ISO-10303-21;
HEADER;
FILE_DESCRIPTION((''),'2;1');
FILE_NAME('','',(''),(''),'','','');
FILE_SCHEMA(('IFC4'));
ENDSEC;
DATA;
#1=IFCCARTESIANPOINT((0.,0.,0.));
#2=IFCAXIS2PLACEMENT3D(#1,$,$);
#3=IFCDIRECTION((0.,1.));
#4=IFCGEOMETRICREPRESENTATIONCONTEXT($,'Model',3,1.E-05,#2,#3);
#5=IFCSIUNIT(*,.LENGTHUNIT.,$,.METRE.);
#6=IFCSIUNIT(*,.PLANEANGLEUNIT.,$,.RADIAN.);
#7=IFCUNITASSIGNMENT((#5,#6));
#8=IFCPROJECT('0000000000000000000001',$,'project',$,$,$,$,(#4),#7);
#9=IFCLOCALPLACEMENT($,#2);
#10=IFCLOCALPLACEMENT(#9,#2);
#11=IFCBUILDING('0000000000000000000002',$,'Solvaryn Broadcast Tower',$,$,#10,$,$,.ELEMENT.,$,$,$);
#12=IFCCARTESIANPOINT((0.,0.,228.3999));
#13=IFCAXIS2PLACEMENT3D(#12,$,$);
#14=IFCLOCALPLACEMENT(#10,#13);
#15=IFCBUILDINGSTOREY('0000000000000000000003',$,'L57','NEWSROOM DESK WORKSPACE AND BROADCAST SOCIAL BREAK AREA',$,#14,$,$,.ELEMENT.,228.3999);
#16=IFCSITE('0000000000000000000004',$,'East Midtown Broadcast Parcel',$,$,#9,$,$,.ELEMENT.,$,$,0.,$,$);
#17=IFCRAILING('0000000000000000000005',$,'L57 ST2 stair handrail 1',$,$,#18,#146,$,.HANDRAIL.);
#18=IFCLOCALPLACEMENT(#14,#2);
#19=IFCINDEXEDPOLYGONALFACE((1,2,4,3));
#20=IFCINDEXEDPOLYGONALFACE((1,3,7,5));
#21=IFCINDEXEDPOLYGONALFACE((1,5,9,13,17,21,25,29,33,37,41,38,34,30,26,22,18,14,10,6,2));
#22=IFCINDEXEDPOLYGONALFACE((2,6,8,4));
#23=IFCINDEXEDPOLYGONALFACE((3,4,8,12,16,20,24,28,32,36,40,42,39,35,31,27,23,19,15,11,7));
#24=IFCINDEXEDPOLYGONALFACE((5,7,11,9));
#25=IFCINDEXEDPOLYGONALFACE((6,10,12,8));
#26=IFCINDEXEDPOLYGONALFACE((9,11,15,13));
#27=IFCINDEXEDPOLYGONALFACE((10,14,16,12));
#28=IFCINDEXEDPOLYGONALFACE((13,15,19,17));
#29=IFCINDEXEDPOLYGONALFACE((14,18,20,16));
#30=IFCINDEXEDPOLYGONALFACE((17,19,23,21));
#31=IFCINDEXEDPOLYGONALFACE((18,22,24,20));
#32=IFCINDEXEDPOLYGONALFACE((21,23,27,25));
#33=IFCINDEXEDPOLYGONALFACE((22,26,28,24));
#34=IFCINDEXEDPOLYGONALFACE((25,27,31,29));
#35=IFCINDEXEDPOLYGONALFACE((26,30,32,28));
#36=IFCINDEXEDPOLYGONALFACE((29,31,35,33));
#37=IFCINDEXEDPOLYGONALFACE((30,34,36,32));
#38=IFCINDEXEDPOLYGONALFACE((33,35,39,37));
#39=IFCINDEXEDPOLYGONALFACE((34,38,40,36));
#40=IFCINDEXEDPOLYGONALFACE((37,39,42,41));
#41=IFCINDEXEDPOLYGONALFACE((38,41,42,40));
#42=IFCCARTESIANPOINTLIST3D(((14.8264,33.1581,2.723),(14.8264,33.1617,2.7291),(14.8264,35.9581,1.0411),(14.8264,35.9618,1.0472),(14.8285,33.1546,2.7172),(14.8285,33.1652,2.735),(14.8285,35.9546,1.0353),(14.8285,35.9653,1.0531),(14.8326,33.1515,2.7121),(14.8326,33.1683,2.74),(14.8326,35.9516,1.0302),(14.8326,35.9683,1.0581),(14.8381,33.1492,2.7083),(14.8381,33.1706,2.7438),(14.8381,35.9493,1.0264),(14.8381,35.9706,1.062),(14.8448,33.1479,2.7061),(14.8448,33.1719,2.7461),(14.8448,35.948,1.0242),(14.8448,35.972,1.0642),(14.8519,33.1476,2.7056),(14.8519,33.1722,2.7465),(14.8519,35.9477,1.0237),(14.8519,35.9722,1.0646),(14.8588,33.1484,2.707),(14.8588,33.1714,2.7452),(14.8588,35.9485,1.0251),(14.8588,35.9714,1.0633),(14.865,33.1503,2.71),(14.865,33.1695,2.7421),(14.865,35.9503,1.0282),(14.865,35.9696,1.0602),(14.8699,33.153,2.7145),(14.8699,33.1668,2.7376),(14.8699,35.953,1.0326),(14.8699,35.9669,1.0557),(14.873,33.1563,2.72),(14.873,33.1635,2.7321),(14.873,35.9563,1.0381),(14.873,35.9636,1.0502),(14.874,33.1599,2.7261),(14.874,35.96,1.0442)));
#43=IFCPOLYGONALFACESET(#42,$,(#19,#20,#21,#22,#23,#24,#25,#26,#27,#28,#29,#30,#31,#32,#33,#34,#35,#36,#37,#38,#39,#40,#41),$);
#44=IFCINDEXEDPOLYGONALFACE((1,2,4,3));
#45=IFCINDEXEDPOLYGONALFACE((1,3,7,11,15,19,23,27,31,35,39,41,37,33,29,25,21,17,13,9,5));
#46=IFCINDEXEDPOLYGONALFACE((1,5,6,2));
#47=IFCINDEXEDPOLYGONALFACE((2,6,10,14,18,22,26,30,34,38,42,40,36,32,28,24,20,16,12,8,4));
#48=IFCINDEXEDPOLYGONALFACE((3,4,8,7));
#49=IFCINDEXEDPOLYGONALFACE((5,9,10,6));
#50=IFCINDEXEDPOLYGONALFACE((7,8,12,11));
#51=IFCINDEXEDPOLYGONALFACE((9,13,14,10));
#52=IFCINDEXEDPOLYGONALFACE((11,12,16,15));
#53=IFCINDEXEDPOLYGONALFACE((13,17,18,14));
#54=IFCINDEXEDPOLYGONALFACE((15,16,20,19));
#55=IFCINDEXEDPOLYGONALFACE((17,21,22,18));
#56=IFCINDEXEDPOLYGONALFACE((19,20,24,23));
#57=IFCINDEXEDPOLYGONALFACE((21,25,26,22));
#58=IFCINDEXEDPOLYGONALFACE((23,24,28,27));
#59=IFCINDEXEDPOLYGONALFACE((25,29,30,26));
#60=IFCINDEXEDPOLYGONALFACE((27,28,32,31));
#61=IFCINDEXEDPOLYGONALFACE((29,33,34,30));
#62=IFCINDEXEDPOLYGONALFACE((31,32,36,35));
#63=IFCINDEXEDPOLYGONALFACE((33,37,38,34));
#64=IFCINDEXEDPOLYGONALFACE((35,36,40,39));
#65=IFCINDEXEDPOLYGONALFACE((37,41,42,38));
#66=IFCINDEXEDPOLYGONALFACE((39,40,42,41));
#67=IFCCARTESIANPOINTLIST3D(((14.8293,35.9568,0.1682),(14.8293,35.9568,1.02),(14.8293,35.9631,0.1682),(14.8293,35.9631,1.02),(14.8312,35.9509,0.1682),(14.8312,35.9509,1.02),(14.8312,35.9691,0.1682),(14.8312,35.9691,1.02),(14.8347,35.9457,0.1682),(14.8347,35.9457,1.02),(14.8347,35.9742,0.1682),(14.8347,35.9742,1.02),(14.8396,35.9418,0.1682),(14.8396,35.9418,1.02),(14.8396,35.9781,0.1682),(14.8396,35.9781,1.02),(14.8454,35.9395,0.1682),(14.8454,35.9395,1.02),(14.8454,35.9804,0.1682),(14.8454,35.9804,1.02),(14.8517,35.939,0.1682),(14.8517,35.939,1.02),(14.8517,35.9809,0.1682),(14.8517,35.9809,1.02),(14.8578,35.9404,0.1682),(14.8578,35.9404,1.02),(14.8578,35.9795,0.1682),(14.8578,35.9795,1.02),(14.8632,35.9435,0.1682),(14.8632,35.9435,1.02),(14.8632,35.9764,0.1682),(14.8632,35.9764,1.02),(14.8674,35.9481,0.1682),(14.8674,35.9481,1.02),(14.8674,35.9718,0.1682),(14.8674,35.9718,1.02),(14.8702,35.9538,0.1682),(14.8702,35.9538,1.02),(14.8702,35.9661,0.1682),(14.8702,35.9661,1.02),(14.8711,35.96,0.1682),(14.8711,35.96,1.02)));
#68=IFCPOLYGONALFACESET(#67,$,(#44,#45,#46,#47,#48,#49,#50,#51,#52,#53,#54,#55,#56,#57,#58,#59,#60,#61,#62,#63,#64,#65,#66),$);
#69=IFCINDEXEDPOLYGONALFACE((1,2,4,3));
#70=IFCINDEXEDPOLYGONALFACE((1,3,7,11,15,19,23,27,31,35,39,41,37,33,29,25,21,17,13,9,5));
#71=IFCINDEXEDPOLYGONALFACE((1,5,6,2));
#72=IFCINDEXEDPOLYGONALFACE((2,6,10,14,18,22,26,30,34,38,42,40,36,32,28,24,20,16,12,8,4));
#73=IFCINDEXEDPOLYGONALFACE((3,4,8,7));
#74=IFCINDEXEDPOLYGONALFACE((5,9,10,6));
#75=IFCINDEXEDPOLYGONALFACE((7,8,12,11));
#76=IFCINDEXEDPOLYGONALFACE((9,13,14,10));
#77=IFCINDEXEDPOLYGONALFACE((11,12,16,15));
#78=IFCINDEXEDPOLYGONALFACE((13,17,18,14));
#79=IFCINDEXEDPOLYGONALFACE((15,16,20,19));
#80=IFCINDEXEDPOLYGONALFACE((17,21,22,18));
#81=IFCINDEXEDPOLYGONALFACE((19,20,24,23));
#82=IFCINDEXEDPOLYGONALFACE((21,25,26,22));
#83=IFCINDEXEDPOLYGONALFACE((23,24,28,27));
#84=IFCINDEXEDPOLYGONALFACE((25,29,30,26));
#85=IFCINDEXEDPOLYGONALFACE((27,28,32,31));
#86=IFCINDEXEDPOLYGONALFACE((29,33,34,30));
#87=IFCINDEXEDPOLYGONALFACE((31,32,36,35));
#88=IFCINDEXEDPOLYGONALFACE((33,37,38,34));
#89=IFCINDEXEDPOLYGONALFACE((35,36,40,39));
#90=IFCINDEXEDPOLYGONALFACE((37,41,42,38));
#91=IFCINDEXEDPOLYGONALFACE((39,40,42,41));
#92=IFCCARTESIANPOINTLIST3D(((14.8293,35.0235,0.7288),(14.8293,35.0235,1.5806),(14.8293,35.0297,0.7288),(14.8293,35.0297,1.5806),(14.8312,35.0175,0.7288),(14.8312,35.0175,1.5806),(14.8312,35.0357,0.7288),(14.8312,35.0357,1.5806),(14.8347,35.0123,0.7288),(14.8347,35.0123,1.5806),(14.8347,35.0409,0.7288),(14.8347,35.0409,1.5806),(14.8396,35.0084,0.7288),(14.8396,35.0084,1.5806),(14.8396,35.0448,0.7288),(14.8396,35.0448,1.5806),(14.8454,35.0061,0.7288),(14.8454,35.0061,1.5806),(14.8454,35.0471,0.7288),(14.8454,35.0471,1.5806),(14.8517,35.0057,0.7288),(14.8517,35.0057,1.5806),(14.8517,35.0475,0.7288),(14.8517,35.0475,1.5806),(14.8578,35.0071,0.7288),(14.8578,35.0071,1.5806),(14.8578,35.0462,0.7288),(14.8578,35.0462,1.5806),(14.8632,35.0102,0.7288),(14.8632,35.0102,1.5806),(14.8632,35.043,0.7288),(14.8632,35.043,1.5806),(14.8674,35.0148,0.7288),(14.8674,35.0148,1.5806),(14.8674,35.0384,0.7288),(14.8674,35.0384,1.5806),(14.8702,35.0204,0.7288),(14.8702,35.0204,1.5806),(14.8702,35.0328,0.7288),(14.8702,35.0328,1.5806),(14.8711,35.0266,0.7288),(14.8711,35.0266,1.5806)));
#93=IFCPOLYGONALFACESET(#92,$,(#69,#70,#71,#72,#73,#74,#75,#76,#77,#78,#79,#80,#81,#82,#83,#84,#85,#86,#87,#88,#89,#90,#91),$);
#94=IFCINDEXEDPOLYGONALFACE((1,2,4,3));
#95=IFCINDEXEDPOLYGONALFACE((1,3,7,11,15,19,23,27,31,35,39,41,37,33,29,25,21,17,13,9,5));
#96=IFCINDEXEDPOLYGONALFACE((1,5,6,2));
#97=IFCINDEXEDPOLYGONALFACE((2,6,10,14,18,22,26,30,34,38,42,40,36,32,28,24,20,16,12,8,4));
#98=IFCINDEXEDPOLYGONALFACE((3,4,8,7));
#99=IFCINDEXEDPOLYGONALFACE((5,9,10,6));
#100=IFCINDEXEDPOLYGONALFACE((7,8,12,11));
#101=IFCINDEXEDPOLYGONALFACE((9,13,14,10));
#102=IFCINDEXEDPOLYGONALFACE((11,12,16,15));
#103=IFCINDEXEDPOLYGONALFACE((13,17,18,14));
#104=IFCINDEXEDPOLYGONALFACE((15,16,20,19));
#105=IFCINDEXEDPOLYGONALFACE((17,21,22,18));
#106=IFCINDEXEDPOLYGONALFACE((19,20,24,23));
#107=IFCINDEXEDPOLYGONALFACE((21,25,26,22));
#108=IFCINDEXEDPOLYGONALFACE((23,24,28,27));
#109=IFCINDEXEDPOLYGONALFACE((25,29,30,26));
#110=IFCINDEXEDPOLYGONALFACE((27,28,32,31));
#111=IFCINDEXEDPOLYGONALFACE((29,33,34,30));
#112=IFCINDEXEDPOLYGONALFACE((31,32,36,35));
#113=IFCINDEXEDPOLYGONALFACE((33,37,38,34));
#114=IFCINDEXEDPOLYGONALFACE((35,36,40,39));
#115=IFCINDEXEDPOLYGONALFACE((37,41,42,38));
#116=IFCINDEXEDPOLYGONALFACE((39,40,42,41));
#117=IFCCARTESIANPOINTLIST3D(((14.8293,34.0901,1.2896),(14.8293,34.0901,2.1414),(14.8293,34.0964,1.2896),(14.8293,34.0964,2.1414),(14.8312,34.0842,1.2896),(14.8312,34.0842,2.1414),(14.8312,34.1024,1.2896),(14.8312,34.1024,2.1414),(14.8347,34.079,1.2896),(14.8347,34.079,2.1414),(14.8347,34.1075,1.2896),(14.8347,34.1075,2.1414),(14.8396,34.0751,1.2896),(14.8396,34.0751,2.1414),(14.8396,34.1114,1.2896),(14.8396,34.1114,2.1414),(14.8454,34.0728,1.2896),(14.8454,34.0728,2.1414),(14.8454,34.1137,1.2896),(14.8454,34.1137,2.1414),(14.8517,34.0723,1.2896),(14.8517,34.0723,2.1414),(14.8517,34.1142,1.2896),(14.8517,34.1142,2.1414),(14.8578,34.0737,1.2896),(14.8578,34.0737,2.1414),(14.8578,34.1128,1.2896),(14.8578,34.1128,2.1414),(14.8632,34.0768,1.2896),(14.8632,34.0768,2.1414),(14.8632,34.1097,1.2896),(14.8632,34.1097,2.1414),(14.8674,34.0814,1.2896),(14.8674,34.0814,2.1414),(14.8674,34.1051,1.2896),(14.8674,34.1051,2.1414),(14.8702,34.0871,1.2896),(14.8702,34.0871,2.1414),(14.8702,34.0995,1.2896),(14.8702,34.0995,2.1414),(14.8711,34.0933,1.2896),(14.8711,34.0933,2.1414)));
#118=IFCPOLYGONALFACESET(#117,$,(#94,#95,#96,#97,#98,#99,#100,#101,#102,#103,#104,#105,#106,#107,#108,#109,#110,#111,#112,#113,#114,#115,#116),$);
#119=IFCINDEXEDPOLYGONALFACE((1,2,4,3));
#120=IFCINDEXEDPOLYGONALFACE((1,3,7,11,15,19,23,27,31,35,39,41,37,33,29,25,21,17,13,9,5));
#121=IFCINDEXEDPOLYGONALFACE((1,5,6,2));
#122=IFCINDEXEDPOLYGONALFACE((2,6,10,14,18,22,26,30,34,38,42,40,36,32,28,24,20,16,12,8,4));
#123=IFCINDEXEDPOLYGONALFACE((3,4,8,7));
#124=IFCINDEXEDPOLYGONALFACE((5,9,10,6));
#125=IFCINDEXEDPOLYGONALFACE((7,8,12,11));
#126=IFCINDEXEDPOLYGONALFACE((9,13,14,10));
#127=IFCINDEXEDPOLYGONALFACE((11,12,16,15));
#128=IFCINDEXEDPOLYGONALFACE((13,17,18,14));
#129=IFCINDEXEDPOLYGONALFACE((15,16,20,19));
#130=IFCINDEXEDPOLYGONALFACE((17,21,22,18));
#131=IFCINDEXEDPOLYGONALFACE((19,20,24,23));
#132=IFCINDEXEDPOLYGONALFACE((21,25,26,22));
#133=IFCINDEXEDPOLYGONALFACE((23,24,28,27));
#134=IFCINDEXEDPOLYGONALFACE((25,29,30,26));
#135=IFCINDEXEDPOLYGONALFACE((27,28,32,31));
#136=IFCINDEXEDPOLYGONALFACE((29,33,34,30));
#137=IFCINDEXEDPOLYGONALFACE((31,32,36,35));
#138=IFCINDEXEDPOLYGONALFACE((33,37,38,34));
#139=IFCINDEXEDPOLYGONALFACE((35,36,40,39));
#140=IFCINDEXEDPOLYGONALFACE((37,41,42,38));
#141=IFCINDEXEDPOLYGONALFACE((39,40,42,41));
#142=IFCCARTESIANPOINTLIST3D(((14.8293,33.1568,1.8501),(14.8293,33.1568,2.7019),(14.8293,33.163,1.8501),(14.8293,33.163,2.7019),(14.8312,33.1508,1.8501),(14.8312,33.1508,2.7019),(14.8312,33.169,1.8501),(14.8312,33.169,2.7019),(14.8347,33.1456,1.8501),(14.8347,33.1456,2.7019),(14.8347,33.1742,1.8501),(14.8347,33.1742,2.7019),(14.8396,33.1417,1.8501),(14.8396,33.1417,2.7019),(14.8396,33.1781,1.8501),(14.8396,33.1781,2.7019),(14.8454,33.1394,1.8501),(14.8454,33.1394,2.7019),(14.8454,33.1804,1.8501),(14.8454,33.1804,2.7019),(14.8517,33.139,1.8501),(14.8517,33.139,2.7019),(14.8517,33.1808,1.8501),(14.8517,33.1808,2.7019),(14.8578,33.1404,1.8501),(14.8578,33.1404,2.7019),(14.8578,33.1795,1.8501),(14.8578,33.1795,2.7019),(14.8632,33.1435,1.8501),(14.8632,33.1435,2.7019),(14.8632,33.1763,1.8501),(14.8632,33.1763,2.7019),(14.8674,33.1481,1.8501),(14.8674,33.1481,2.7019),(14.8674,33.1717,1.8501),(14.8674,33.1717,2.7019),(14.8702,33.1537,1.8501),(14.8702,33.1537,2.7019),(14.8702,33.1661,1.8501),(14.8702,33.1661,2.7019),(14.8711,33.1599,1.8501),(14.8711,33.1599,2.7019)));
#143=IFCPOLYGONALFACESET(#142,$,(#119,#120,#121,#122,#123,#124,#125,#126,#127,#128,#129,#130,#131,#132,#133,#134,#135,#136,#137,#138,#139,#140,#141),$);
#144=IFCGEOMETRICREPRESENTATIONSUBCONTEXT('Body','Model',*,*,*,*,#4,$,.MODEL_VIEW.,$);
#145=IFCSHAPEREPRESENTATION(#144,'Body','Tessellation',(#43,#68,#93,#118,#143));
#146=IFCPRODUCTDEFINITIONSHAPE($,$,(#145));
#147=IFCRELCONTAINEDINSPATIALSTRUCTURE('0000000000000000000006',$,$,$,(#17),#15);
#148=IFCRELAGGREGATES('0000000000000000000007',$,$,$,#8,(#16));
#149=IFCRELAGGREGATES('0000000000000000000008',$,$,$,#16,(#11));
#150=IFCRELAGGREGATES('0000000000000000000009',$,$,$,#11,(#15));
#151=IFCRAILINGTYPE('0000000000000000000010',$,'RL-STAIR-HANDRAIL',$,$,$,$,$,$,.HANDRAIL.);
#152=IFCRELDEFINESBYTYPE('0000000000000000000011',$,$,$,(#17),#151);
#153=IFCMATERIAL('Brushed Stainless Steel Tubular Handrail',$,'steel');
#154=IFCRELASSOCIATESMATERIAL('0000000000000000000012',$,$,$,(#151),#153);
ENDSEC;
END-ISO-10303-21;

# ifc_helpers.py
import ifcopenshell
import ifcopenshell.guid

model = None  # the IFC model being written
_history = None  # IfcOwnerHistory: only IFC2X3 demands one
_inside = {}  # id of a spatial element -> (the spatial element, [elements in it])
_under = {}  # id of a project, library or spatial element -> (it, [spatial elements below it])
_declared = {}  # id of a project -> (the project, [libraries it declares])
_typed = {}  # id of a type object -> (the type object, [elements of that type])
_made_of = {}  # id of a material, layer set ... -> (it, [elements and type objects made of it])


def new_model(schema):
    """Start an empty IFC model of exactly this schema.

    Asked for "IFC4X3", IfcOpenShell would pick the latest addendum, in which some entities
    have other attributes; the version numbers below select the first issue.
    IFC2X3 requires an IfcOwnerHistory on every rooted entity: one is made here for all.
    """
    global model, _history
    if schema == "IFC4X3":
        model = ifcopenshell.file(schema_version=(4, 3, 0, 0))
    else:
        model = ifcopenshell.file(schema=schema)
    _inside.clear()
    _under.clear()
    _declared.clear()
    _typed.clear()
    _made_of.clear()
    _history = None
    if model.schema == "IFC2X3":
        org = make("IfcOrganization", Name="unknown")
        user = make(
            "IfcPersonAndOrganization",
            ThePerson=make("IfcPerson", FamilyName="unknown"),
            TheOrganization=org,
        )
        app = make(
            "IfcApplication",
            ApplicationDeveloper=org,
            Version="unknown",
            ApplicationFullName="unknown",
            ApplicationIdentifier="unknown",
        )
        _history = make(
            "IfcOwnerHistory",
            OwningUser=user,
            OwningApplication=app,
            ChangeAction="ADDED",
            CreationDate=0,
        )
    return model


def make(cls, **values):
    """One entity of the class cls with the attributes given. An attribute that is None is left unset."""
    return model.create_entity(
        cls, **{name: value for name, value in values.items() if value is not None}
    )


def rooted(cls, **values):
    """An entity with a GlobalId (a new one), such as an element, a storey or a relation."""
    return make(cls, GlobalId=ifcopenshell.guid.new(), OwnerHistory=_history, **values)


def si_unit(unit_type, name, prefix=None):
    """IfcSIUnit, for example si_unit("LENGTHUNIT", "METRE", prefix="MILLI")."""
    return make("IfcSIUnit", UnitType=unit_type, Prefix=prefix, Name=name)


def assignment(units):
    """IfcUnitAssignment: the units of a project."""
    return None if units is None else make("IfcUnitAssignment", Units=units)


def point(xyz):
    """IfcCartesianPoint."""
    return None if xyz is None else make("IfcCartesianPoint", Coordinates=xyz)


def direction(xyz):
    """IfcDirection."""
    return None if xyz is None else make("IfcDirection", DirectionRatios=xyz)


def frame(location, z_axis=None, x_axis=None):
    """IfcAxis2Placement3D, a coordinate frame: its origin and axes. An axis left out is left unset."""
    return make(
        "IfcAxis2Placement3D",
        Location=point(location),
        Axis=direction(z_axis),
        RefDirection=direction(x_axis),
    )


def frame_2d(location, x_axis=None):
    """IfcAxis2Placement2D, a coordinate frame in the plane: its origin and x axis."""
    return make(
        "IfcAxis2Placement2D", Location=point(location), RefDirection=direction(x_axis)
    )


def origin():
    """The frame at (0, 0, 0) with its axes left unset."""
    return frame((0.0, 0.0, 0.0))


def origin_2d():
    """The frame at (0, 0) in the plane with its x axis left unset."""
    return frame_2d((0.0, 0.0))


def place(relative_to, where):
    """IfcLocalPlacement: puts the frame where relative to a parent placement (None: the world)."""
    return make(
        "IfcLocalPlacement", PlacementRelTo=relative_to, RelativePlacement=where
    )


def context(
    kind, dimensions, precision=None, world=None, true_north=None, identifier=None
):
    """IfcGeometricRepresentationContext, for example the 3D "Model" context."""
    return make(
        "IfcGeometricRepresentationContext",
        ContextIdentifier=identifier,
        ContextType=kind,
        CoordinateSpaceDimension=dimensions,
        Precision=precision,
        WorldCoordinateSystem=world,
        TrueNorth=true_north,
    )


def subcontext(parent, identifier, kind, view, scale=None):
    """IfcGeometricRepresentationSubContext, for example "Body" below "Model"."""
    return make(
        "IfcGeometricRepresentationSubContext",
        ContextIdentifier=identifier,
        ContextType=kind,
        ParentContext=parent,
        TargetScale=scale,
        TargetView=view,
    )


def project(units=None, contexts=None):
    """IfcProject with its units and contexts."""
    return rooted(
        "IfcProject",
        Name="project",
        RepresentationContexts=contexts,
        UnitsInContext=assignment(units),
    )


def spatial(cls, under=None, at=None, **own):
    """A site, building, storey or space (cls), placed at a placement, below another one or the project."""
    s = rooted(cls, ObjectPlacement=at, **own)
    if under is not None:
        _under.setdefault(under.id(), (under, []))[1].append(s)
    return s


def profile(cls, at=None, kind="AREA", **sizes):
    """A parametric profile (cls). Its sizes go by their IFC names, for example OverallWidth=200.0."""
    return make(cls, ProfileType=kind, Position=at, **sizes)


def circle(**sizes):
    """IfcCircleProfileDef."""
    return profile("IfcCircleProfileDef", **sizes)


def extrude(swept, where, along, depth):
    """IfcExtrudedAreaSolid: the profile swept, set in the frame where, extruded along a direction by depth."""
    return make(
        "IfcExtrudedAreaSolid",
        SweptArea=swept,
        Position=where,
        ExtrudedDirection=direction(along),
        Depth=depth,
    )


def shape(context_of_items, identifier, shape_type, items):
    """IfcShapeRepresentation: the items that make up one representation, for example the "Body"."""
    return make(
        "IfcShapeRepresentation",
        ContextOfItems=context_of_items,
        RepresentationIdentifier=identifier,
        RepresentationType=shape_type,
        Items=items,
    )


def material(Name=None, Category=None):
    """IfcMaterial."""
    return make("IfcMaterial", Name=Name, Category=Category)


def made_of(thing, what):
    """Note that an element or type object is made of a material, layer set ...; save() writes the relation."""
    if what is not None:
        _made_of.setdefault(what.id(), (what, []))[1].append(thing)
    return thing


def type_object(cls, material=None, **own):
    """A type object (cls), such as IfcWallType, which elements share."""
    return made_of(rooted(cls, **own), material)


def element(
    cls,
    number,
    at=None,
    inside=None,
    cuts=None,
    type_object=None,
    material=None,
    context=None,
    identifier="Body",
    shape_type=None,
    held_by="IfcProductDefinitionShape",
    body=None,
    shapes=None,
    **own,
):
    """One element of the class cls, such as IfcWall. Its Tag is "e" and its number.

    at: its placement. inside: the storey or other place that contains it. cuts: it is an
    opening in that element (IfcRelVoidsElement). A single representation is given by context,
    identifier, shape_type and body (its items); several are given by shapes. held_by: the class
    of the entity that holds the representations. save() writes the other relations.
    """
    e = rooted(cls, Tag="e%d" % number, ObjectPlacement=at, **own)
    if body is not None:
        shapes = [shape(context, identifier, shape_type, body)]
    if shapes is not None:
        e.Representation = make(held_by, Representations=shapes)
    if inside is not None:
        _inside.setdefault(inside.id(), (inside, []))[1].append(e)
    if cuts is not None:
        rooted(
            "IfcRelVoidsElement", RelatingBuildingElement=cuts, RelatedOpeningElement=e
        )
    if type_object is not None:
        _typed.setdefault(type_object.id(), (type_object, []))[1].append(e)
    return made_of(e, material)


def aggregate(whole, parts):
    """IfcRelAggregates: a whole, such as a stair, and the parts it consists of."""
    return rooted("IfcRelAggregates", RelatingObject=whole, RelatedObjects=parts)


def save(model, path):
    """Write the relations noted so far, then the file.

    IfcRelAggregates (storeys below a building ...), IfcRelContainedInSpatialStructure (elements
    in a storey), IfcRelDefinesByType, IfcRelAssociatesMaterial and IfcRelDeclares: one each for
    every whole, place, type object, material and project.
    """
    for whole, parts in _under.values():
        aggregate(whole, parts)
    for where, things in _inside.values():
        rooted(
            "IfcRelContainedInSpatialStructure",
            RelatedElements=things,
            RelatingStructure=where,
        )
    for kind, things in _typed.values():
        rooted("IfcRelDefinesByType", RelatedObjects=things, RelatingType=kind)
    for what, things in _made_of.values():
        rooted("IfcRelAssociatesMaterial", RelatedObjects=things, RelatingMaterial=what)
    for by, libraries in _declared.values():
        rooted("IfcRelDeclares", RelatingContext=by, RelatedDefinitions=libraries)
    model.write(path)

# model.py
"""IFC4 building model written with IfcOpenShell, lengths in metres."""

from ifc_helpers import new_model, si_unit, direction, frame, origin, origin_2d, place, context, subcontext, project, spatial, circle, extrude, material, type_object, element, save


model = new_model("IFC4")

# Units and contexts
model_context = context("Model", 3, precision=1e-05, world=origin(), true_north=direction((0.0, 1.0)))
body_context = subcontext(model_context, "Body", "Model", "MODEL_VIEW")
ifc_project = project(units=[si_unit("LENGTHUNIT", "METRE"), si_unit("PLANEANGLEUNIT", "RADIAN")], contexts=[model_context])

# Site, building, storey
site_placement = place(None, origin())
site = spatial("IfcSite", under=ifc_project, at=site_placement, Name="East Midtown Broadcast Parcel", CompositionType="ELEMENT", RefElevation=0.0)
building_placement = place(site_placement, origin())
building = spatial("IfcBuilding", under=site, at=building_placement, Name="Solvaryn Broadcast Tower", CompositionType="ELEMENT")
storey_placement = place(building_placement, frame((0.0, 0.0, 228.3999)))
storey = spatial("IfcBuildingStorey", under=building, at=storey_placement, Name="L57", Description="NEWSROOM DESK WORKSPACE AND BROADCAST SOCIAL BREAK AREA", CompositionType="ELEMENT", Elevation=228.3999)

# Railing
ifc_material_1 = material(Name="Brushed Stainless Steel Tubular Handrail", Category="steel")
railing_type_1 = type_object("IfcRailingType", Name="RL-STAIR-HANDRAIL", PredefinedType="HANDRAIL", material=ifc_material_1)
railing_1_placement = place(storey_placement, frame((14.8501, 35.96, 0.1682)))
element("IfcRailing", 1, at=railing_1_placement, inside=storey, type_object=railing_type_1, Name="L57 ST2 stair handrail 1", PredefinedType="HANDRAIL", context=body_context, shape_type="SweptSolid", body=[
    extrude(circle(Radius=0.0239, at=origin_2d()), frame((0.0, 0.0, 0.876), z_axis=(0.0, -0.857242, 0.514913), x_axis=(1.0, 0.0, 0.0)), (0.0, 0.0, 1.0), 3.2664),
    extrude(circle(Radius=0.021, at=origin_2d()), origin(), (0.0, 0.0, 1.0), 0.8518),
    extrude(circle(Radius=0.021, at=origin_2d()), frame((0.0, -0.9333, 0.5605)), (0.0, 0.0, 1.0), 0.8518),
    extrude(circle(Radius=0.021, at=origin_2d()), frame((0.0, -1.8667, 1.1213)), (0.0, 0.0, 1.0), 0.8518),
    extrude(circle(Radius=0.021, at=origin_2d()), frame((0.0, -2.8, 1.6819)), (0.0, 0.0, 1.0), 0.8518),
])

save(model, "model.ifc")
